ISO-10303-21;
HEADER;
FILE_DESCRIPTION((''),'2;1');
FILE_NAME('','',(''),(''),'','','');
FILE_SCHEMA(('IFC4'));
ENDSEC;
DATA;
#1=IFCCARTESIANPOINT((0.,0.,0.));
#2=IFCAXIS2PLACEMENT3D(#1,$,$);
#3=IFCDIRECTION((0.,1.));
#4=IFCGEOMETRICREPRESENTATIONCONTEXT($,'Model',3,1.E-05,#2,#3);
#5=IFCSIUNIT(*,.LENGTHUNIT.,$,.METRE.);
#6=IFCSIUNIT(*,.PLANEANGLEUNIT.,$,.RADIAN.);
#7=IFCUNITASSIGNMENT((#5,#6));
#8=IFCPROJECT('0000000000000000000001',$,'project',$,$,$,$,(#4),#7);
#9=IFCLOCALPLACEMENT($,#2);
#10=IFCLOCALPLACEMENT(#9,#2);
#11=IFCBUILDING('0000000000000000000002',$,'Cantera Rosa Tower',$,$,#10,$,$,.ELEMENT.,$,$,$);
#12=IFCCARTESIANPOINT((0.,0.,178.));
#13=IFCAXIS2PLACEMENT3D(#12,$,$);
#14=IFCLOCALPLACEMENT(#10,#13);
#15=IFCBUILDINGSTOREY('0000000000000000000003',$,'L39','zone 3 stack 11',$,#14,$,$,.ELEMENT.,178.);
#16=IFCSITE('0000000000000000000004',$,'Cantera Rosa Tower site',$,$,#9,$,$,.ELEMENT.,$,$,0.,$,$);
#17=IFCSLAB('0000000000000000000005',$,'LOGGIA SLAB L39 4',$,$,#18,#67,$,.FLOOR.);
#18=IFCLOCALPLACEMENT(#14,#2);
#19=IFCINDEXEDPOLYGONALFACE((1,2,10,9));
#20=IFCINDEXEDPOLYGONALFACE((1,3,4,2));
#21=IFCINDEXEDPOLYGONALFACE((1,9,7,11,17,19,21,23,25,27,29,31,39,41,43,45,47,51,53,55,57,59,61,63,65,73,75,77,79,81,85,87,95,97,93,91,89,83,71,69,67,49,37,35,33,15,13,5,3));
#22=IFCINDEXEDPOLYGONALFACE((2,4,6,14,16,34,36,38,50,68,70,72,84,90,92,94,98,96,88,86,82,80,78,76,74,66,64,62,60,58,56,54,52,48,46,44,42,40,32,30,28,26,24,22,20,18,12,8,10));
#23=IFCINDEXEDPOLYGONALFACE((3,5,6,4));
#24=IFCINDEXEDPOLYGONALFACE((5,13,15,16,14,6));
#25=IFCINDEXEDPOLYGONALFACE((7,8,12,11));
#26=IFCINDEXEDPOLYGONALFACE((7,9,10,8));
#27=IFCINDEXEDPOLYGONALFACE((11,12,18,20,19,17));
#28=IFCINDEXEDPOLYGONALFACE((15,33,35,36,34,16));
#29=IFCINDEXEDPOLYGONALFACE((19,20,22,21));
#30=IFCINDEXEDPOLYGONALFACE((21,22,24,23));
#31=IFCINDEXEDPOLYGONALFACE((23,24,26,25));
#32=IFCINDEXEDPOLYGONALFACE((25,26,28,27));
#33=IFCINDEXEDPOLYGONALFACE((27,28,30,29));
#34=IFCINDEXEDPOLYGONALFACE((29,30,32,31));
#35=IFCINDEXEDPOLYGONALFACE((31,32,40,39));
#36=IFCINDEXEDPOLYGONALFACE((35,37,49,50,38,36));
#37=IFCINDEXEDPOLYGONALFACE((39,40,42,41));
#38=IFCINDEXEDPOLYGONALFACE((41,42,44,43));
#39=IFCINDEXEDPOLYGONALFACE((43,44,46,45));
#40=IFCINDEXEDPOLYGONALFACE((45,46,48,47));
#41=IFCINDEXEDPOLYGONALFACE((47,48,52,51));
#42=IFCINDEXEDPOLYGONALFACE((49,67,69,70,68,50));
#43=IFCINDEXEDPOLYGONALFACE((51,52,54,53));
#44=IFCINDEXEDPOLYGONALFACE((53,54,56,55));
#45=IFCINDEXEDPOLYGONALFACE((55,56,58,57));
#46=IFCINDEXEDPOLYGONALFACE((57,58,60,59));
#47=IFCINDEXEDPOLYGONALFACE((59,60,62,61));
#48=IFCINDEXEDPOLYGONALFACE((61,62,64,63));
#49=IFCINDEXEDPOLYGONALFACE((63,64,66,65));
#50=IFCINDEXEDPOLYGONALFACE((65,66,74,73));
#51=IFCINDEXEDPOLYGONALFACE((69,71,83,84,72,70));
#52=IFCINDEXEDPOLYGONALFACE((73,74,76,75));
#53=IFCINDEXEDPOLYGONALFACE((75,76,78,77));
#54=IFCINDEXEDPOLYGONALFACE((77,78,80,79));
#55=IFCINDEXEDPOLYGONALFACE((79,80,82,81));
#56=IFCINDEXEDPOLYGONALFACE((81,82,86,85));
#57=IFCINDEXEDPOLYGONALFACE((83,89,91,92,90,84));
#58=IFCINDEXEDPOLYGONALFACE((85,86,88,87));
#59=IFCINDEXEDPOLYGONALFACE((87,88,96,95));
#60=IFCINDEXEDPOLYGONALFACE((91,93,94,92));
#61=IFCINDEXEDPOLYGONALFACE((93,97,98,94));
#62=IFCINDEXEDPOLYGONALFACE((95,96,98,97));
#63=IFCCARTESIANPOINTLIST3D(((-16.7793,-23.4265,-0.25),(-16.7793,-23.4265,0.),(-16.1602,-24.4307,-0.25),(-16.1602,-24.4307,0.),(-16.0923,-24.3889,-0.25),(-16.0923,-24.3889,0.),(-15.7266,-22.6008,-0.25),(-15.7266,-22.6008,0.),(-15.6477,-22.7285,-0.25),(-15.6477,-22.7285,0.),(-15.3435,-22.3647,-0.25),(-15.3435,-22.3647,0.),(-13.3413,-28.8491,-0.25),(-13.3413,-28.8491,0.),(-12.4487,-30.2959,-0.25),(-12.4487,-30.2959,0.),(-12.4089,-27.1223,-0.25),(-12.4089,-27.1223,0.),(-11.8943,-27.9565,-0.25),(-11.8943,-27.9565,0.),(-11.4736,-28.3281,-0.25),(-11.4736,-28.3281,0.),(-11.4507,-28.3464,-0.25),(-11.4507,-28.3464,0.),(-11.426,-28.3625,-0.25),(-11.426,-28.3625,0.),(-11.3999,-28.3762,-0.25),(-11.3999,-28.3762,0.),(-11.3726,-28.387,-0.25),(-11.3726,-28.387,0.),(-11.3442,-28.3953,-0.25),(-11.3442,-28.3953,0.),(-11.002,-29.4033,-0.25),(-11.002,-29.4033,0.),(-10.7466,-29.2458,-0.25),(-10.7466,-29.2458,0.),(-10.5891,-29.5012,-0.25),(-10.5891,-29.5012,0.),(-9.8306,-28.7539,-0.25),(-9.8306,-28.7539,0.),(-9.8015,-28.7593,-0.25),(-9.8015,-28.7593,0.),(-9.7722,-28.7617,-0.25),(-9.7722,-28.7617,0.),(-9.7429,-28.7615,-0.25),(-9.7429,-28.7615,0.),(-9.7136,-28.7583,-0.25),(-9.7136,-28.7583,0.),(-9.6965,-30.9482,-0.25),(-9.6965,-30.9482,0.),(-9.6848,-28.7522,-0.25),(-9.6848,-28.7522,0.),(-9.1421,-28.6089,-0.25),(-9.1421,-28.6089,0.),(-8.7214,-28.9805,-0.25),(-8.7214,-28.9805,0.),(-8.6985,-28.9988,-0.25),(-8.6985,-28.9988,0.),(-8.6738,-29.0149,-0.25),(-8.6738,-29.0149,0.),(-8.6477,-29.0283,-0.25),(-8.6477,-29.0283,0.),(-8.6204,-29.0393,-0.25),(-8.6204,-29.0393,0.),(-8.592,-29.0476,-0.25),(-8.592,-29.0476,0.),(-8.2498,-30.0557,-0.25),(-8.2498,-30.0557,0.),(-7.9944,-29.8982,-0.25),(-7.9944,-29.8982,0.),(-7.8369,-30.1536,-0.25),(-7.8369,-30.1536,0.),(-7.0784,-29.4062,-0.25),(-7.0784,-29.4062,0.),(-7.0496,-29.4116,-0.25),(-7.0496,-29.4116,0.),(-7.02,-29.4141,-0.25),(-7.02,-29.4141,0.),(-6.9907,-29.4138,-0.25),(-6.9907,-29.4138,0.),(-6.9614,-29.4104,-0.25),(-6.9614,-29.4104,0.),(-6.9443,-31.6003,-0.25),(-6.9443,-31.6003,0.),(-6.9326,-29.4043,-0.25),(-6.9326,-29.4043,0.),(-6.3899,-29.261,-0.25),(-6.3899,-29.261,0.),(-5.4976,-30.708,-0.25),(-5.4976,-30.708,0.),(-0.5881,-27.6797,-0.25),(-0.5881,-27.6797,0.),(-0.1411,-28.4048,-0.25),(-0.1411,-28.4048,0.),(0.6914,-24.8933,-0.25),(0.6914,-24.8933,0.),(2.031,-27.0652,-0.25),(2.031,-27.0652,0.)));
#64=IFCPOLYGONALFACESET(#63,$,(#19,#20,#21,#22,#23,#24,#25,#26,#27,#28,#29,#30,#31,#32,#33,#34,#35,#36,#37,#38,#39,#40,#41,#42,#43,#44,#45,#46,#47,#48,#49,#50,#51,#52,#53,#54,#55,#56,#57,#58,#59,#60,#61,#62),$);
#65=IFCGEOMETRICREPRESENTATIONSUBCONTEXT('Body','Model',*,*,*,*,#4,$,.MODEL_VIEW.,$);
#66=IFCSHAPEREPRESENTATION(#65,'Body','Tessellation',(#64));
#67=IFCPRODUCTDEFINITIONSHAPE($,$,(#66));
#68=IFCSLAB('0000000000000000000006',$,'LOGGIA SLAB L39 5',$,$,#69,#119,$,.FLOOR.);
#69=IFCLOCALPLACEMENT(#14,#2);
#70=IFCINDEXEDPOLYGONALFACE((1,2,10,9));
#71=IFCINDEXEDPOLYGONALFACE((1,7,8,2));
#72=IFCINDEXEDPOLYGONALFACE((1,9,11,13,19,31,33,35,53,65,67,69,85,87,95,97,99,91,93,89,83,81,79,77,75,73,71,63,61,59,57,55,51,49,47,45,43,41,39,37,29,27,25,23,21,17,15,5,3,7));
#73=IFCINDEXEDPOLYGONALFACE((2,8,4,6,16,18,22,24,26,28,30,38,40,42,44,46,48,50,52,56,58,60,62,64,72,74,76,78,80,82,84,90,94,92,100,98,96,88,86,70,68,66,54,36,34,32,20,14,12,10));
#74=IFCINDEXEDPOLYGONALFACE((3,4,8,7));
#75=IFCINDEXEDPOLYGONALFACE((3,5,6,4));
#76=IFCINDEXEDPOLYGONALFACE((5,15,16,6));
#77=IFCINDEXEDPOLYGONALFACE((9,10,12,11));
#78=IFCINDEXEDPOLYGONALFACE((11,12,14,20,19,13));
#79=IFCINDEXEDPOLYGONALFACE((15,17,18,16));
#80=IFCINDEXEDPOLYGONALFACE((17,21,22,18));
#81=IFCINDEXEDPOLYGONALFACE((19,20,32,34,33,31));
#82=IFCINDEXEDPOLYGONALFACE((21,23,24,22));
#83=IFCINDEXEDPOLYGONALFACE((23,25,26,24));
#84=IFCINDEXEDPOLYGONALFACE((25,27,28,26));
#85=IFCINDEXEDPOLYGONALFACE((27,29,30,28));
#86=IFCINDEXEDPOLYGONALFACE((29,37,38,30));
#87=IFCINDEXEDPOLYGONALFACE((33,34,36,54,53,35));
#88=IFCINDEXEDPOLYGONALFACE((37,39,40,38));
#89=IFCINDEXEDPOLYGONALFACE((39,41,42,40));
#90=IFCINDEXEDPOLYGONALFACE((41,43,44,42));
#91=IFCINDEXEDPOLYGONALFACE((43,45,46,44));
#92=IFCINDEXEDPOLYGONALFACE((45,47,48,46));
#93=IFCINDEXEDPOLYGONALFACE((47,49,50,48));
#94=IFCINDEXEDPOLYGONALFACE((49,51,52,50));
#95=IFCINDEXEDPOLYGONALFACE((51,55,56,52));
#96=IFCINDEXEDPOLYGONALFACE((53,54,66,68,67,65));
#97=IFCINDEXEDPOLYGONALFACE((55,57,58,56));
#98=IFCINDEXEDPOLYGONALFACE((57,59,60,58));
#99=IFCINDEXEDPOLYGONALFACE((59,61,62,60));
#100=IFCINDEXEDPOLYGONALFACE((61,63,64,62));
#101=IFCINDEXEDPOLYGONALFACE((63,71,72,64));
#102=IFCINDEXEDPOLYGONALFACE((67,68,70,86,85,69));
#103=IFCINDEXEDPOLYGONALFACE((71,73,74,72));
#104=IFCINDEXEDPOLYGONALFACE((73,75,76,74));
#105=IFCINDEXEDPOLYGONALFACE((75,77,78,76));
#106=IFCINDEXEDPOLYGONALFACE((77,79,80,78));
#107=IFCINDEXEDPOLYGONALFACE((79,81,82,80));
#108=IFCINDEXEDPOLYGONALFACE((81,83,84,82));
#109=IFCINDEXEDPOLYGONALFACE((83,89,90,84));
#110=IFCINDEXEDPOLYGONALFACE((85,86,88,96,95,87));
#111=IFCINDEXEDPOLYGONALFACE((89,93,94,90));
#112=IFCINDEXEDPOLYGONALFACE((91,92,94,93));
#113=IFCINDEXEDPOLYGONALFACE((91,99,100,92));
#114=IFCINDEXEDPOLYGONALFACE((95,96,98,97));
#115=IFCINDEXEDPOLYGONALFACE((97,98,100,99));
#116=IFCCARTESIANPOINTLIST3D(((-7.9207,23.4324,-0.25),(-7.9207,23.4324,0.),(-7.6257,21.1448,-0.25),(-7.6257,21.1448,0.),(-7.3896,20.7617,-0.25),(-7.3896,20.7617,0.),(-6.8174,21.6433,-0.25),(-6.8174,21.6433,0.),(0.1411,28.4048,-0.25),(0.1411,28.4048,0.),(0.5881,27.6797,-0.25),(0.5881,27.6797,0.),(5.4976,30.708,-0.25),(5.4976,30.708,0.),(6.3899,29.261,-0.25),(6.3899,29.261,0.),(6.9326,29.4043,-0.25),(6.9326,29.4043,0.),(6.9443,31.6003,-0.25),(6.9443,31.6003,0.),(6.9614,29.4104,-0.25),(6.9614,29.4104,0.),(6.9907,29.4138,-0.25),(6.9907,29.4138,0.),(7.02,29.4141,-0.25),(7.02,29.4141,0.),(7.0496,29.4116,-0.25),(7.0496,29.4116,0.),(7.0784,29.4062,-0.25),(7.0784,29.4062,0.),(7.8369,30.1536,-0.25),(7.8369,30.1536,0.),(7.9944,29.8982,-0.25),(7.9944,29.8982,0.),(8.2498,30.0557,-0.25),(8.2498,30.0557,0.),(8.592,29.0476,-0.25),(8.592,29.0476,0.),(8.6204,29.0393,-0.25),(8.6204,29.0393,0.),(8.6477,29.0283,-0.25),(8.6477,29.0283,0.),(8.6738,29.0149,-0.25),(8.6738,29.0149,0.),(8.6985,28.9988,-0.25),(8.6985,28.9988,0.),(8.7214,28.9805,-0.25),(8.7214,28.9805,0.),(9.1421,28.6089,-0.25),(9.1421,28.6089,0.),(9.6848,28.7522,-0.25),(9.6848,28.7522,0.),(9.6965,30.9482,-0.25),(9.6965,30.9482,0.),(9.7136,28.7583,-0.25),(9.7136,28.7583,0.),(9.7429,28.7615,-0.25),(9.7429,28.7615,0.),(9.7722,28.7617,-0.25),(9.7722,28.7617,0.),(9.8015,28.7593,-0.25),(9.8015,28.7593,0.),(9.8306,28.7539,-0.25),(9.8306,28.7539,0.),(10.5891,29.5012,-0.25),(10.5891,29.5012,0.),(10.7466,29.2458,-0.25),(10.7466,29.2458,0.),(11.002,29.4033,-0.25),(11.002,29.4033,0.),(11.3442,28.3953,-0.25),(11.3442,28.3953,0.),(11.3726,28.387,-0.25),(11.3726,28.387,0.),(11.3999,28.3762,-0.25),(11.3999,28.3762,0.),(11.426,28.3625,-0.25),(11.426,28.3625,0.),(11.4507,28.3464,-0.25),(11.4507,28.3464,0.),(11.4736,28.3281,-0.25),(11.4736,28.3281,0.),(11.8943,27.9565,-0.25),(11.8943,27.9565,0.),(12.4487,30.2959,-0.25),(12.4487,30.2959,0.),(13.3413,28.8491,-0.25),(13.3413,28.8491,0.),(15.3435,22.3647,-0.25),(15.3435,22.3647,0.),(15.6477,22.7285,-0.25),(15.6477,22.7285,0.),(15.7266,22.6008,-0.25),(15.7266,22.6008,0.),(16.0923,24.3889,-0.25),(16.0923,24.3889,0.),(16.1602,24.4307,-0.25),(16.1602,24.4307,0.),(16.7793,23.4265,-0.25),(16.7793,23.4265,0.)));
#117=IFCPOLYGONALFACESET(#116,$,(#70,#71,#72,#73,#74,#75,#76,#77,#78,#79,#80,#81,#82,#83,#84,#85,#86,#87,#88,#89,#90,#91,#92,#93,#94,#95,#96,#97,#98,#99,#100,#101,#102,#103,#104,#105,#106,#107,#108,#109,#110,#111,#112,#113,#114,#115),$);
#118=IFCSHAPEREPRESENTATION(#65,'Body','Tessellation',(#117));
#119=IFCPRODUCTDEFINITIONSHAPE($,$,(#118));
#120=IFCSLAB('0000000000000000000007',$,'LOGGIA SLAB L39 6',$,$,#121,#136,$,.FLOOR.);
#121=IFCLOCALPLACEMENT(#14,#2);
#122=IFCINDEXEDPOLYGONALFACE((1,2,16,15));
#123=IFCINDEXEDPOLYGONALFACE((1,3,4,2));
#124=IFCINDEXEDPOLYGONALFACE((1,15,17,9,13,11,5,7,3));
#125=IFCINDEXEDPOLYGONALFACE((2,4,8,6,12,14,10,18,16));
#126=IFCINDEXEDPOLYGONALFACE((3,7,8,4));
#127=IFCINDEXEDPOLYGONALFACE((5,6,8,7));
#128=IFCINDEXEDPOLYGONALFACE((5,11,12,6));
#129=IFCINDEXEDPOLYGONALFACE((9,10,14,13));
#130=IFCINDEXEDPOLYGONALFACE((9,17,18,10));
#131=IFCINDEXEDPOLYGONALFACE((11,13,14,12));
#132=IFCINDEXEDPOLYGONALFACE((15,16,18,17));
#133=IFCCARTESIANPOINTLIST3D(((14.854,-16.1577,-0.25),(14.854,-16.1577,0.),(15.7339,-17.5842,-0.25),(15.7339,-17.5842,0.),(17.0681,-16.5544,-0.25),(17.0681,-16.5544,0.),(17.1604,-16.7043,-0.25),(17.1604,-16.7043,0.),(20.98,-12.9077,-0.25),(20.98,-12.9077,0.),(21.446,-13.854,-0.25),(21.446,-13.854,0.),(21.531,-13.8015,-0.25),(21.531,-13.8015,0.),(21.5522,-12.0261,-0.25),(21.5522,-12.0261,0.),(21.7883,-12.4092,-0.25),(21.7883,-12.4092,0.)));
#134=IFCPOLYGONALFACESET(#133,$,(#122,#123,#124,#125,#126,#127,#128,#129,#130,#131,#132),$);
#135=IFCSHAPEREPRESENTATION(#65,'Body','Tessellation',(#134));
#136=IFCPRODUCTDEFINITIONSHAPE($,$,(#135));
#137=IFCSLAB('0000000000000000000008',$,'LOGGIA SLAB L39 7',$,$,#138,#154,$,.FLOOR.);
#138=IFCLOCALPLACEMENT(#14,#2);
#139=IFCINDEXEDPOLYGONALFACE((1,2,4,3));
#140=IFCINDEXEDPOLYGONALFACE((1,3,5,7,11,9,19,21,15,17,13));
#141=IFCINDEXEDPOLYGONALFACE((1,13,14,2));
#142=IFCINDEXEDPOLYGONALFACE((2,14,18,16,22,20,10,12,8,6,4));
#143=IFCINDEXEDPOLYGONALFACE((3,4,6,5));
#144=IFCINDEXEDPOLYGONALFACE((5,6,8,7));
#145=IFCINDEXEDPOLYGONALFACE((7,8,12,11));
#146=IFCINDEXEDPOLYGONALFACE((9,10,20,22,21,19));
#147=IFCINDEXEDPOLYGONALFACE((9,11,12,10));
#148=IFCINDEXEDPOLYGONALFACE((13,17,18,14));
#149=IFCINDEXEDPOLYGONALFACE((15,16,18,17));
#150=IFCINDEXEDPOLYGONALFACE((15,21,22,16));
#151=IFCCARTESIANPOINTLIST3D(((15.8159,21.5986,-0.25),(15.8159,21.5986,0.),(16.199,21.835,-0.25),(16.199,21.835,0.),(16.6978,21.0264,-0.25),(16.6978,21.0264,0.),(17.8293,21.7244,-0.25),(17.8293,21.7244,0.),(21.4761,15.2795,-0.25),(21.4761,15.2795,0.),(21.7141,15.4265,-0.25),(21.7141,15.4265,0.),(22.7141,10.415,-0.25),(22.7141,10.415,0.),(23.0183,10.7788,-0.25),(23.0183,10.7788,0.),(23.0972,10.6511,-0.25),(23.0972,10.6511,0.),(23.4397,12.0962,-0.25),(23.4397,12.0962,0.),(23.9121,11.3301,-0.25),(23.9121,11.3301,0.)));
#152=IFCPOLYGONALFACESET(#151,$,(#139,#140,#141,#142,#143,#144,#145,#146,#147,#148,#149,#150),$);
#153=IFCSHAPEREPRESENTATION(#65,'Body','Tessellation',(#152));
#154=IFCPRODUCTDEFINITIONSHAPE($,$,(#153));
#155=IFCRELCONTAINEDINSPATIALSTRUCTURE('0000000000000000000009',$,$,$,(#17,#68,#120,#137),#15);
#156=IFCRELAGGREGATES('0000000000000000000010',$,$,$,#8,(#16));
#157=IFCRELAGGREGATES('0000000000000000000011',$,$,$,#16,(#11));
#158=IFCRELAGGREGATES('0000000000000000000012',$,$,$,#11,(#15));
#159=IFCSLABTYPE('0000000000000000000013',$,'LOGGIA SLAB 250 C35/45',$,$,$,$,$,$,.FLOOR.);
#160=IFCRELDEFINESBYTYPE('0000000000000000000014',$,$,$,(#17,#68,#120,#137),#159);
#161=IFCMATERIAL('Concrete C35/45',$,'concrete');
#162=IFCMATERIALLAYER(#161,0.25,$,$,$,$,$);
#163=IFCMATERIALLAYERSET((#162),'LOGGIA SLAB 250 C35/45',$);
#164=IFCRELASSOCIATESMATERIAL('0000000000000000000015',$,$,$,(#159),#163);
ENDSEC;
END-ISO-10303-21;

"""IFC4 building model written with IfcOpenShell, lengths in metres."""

from ifc_helpers import new_model, si_unit, direction, frame, origin, place, context, subcontext, project, spatial, polyline, outline, extrude, material, layer, layer_set, type_object, element, save


model = new_model("IFC4")

# Units and contexts
model_context = context("Model", 3, precision=1e-05, world=origin(), true_north=direction((0.0, 1.0)))
body_context = subcontext(model_context, "Body", "Model", "MODEL_VIEW")
ifc_project = project(units=[si_unit("LENGTHUNIT", "METRE"), si_unit("PLANEANGLEUNIT", "RADIAN")], contexts=[model_context])

# Site, building, storey
site_placement = place(None, origin())
site = spatial("IfcSite", under=ifc_project, at=site_placement, Name="Cantera Rosa Tower site", CompositionType="ELEMENT", RefElevation=0.0)
building_placement = place(site_placement, origin())
building = spatial("IfcBuilding", under=site, at=building_placement, Name="Cantera Rosa Tower", CompositionType="ELEMENT")
storey_placement = place(building_placement, frame((0.0, 0.0, 178.0)))
storey = spatial("IfcBuildingStorey", under=building, at=storey_placement, Name="L39", Description="zone 3 stack 11", CompositionType="ELEMENT", Elevation=178.0)

# Slabs
ifc_material_1 = material(Name="Concrete C35/45", Category="concrete")
ifc_layer_1 = layer(ifc_material_1, 0.25)
ifc_layer_set_1 = layer_set([ifc_layer_1], Name="LOGGIA SLAB 250 C35/45")
slab_type_1 = type_object("IfcSlabType", Name="LOGGIA SLAB 250 C35/45", PredefinedType="FLOOR", material=ifc_layer_set_1)
slab_1_placement = place(storey_placement, frame((0.0, 0.0, -0.25)))
element("IfcSlab", 1, at=slab_1_placement, inside=storey, type_object=slab_type_1, Name="LOGGIA SLAB L39 4", PredefinedType="FLOOR", context=body_context, shape_type="SweptSolid", body=[
    extrude(outline(polyline([(-5.4976, -30.708), (-6.9443, -31.6003), (-7.8369, -30.1536), (-7.9944, -29.8982), (-8.2498, -30.0557), (-9.6965, -30.9482), (-10.5891, -29.5012), (-10.7466, -29.2458), (-11.002, -29.4033), (-12.4487, -30.2959), (-13.3413, -28.8491), (-16.0923, -24.3889), (-16.1602, -24.4307), (-16.7793, -23.4265), (-15.6477, -22.7285), (-15.7266, -22.6008), (-15.3435, -22.3647), (-12.4089, -27.1223), (-11.8943, -27.9565), (-11.4736, -28.3281), (-11.4507, -28.3464), (-11.426, -28.3625), (-11.3999, -28.3762), (-11.3726, -28.387), (-11.3442, -28.3953), (-9.8306, -28.7539), (-9.8015, -28.7593), (-9.7722, -28.7617), (-9.7429, -28.7615), (-9.7136, -28.7583), (-9.6848, -28.7522), (-9.1421, -28.6089), (-8.7214, -28.9805), (-8.6985, -28.9988), (-8.6738, -29.0149), (-8.6477, -29.0283), (-8.6204, -29.0393), (-8.592, -29.0476), (-7.0784, -29.4062), (-7.0496, -29.4116), (-7.02, -29.4141), (-6.9907, -29.4138), (-6.9614, -29.4104), (-6.9326, -29.4043), (-6.3899, -29.261), (0.6914, -24.8933), (2.031, -27.0652), (-0.1411, -28.4048), (-0.5881, -27.6797), (-5.4976, -30.708)])), origin(), (0.0, 0.0, 1.0), 0.25),
])
slab_2_placement = place(storey_placement, frame((0.0, 0.0, -0.25)))
element("IfcSlab", 2, at=slab_2_placement, inside=storey, type_object=slab_type_1, Name="LOGGIA SLAB L39 5", PredefinedType="FLOOR", context=body_context, shape_type="SweptSolid", body=[
    extrude(outline(polyline([(5.4976, 30.708), (6.9443, 31.6003), (7.8369, 30.1536), (7.9944, 29.8982), (8.2498, 30.0557), (9.6965, 30.9482), (10.5891, 29.5012), (10.7466, 29.2458), (11.002, 29.4033), (12.4487, 30.2959), (13.3413, 28.8491), (16.0923, 24.3889), (16.1602, 24.4307), (16.7793, 23.4265), (15.6477, 22.7285), (15.7266, 22.6008), (15.3435, 22.3647), (11.8943, 27.9565), (11.4736, 28.3281), (11.4507, 28.3464), (11.426, 28.3625), (11.3999, 28.3762), (11.3726, 28.387), (11.3442, 28.3953), (9.8306, 28.7539), (9.8015, 28.7593), (9.7722, 28.7617), (9.7429, 28.7615), (9.7136, 28.7583), (9.6848, 28.7522), (9.1421, 28.6089), (8.7214, 28.9805), (8.6985, 28.9988), (8.6738, 29.0149), (8.6477, 29.0283), (8.6204, 29.0393), (8.592, 29.0476), (7.0784, 29.4062), (7.0496, 29.4116), (7.02, 29.4141), (6.9907, 29.4138), (6.9614, 29.4104), (6.9326, 29.4043), (6.3899, 29.261), (-7.3896, 20.7617), (-7.6257, 21.1448), (-6.8174, 21.6433), (-7.9207, 23.4324), (0.1411, 28.4048), (0.5881, 27.6797), (5.4976, 30.708)])), origin(), (0.0, 0.0, 1.0), 0.25),
])
slab_3_placement = place(storey_placement, frame((0.0, 0.0, -0.25)))
element("IfcSlab", 3, at=slab_3_placement, inside=storey, type_object=slab_type_1, Name="LOGGIA SLAB L39 6", PredefinedType="FLOOR", context=body_context, shape_type="SweptSolid", body=[
    extrude(outline(polyline([(21.5522, -12.0261), (21.7883, -12.4092), (20.98, -12.9077), (21.531, -13.8015), (21.446, -13.854), (17.0681, -16.5544), (17.1604, -16.7043), (15.7339, -17.5842), (14.854, -16.1577), (21.5522, -12.0261)])), origin(), (0.0, 0.0, 1.0), 0.25),
])
slab_4_placement = place(storey_placement, frame((0.0, 0.0, -0.25)))
element("IfcSlab", 4, at=slab_4_placement, inside=storey, type_object=slab_type_1, Name="LOGGIA SLAB L39 7", PredefinedType="FLOOR", context=body_context, shape_type="SweptSolid", body=[
    extrude(outline(polyline([(23.4397, 12.0962), (23.9121, 11.3301), (23.0183, 10.7788), (23.0972, 10.6511), (22.7141, 10.415), (15.8159, 21.5986), (16.199, 21.835), (16.6978, 21.0264), (17.8293, 21.7244), (21.7141, 15.4265), (21.4761, 15.2795), (23.4397, 12.0962)])), origin(), (0.0, 0.0, 1.0), 0.25),
])

save(model, "model.ifc")
